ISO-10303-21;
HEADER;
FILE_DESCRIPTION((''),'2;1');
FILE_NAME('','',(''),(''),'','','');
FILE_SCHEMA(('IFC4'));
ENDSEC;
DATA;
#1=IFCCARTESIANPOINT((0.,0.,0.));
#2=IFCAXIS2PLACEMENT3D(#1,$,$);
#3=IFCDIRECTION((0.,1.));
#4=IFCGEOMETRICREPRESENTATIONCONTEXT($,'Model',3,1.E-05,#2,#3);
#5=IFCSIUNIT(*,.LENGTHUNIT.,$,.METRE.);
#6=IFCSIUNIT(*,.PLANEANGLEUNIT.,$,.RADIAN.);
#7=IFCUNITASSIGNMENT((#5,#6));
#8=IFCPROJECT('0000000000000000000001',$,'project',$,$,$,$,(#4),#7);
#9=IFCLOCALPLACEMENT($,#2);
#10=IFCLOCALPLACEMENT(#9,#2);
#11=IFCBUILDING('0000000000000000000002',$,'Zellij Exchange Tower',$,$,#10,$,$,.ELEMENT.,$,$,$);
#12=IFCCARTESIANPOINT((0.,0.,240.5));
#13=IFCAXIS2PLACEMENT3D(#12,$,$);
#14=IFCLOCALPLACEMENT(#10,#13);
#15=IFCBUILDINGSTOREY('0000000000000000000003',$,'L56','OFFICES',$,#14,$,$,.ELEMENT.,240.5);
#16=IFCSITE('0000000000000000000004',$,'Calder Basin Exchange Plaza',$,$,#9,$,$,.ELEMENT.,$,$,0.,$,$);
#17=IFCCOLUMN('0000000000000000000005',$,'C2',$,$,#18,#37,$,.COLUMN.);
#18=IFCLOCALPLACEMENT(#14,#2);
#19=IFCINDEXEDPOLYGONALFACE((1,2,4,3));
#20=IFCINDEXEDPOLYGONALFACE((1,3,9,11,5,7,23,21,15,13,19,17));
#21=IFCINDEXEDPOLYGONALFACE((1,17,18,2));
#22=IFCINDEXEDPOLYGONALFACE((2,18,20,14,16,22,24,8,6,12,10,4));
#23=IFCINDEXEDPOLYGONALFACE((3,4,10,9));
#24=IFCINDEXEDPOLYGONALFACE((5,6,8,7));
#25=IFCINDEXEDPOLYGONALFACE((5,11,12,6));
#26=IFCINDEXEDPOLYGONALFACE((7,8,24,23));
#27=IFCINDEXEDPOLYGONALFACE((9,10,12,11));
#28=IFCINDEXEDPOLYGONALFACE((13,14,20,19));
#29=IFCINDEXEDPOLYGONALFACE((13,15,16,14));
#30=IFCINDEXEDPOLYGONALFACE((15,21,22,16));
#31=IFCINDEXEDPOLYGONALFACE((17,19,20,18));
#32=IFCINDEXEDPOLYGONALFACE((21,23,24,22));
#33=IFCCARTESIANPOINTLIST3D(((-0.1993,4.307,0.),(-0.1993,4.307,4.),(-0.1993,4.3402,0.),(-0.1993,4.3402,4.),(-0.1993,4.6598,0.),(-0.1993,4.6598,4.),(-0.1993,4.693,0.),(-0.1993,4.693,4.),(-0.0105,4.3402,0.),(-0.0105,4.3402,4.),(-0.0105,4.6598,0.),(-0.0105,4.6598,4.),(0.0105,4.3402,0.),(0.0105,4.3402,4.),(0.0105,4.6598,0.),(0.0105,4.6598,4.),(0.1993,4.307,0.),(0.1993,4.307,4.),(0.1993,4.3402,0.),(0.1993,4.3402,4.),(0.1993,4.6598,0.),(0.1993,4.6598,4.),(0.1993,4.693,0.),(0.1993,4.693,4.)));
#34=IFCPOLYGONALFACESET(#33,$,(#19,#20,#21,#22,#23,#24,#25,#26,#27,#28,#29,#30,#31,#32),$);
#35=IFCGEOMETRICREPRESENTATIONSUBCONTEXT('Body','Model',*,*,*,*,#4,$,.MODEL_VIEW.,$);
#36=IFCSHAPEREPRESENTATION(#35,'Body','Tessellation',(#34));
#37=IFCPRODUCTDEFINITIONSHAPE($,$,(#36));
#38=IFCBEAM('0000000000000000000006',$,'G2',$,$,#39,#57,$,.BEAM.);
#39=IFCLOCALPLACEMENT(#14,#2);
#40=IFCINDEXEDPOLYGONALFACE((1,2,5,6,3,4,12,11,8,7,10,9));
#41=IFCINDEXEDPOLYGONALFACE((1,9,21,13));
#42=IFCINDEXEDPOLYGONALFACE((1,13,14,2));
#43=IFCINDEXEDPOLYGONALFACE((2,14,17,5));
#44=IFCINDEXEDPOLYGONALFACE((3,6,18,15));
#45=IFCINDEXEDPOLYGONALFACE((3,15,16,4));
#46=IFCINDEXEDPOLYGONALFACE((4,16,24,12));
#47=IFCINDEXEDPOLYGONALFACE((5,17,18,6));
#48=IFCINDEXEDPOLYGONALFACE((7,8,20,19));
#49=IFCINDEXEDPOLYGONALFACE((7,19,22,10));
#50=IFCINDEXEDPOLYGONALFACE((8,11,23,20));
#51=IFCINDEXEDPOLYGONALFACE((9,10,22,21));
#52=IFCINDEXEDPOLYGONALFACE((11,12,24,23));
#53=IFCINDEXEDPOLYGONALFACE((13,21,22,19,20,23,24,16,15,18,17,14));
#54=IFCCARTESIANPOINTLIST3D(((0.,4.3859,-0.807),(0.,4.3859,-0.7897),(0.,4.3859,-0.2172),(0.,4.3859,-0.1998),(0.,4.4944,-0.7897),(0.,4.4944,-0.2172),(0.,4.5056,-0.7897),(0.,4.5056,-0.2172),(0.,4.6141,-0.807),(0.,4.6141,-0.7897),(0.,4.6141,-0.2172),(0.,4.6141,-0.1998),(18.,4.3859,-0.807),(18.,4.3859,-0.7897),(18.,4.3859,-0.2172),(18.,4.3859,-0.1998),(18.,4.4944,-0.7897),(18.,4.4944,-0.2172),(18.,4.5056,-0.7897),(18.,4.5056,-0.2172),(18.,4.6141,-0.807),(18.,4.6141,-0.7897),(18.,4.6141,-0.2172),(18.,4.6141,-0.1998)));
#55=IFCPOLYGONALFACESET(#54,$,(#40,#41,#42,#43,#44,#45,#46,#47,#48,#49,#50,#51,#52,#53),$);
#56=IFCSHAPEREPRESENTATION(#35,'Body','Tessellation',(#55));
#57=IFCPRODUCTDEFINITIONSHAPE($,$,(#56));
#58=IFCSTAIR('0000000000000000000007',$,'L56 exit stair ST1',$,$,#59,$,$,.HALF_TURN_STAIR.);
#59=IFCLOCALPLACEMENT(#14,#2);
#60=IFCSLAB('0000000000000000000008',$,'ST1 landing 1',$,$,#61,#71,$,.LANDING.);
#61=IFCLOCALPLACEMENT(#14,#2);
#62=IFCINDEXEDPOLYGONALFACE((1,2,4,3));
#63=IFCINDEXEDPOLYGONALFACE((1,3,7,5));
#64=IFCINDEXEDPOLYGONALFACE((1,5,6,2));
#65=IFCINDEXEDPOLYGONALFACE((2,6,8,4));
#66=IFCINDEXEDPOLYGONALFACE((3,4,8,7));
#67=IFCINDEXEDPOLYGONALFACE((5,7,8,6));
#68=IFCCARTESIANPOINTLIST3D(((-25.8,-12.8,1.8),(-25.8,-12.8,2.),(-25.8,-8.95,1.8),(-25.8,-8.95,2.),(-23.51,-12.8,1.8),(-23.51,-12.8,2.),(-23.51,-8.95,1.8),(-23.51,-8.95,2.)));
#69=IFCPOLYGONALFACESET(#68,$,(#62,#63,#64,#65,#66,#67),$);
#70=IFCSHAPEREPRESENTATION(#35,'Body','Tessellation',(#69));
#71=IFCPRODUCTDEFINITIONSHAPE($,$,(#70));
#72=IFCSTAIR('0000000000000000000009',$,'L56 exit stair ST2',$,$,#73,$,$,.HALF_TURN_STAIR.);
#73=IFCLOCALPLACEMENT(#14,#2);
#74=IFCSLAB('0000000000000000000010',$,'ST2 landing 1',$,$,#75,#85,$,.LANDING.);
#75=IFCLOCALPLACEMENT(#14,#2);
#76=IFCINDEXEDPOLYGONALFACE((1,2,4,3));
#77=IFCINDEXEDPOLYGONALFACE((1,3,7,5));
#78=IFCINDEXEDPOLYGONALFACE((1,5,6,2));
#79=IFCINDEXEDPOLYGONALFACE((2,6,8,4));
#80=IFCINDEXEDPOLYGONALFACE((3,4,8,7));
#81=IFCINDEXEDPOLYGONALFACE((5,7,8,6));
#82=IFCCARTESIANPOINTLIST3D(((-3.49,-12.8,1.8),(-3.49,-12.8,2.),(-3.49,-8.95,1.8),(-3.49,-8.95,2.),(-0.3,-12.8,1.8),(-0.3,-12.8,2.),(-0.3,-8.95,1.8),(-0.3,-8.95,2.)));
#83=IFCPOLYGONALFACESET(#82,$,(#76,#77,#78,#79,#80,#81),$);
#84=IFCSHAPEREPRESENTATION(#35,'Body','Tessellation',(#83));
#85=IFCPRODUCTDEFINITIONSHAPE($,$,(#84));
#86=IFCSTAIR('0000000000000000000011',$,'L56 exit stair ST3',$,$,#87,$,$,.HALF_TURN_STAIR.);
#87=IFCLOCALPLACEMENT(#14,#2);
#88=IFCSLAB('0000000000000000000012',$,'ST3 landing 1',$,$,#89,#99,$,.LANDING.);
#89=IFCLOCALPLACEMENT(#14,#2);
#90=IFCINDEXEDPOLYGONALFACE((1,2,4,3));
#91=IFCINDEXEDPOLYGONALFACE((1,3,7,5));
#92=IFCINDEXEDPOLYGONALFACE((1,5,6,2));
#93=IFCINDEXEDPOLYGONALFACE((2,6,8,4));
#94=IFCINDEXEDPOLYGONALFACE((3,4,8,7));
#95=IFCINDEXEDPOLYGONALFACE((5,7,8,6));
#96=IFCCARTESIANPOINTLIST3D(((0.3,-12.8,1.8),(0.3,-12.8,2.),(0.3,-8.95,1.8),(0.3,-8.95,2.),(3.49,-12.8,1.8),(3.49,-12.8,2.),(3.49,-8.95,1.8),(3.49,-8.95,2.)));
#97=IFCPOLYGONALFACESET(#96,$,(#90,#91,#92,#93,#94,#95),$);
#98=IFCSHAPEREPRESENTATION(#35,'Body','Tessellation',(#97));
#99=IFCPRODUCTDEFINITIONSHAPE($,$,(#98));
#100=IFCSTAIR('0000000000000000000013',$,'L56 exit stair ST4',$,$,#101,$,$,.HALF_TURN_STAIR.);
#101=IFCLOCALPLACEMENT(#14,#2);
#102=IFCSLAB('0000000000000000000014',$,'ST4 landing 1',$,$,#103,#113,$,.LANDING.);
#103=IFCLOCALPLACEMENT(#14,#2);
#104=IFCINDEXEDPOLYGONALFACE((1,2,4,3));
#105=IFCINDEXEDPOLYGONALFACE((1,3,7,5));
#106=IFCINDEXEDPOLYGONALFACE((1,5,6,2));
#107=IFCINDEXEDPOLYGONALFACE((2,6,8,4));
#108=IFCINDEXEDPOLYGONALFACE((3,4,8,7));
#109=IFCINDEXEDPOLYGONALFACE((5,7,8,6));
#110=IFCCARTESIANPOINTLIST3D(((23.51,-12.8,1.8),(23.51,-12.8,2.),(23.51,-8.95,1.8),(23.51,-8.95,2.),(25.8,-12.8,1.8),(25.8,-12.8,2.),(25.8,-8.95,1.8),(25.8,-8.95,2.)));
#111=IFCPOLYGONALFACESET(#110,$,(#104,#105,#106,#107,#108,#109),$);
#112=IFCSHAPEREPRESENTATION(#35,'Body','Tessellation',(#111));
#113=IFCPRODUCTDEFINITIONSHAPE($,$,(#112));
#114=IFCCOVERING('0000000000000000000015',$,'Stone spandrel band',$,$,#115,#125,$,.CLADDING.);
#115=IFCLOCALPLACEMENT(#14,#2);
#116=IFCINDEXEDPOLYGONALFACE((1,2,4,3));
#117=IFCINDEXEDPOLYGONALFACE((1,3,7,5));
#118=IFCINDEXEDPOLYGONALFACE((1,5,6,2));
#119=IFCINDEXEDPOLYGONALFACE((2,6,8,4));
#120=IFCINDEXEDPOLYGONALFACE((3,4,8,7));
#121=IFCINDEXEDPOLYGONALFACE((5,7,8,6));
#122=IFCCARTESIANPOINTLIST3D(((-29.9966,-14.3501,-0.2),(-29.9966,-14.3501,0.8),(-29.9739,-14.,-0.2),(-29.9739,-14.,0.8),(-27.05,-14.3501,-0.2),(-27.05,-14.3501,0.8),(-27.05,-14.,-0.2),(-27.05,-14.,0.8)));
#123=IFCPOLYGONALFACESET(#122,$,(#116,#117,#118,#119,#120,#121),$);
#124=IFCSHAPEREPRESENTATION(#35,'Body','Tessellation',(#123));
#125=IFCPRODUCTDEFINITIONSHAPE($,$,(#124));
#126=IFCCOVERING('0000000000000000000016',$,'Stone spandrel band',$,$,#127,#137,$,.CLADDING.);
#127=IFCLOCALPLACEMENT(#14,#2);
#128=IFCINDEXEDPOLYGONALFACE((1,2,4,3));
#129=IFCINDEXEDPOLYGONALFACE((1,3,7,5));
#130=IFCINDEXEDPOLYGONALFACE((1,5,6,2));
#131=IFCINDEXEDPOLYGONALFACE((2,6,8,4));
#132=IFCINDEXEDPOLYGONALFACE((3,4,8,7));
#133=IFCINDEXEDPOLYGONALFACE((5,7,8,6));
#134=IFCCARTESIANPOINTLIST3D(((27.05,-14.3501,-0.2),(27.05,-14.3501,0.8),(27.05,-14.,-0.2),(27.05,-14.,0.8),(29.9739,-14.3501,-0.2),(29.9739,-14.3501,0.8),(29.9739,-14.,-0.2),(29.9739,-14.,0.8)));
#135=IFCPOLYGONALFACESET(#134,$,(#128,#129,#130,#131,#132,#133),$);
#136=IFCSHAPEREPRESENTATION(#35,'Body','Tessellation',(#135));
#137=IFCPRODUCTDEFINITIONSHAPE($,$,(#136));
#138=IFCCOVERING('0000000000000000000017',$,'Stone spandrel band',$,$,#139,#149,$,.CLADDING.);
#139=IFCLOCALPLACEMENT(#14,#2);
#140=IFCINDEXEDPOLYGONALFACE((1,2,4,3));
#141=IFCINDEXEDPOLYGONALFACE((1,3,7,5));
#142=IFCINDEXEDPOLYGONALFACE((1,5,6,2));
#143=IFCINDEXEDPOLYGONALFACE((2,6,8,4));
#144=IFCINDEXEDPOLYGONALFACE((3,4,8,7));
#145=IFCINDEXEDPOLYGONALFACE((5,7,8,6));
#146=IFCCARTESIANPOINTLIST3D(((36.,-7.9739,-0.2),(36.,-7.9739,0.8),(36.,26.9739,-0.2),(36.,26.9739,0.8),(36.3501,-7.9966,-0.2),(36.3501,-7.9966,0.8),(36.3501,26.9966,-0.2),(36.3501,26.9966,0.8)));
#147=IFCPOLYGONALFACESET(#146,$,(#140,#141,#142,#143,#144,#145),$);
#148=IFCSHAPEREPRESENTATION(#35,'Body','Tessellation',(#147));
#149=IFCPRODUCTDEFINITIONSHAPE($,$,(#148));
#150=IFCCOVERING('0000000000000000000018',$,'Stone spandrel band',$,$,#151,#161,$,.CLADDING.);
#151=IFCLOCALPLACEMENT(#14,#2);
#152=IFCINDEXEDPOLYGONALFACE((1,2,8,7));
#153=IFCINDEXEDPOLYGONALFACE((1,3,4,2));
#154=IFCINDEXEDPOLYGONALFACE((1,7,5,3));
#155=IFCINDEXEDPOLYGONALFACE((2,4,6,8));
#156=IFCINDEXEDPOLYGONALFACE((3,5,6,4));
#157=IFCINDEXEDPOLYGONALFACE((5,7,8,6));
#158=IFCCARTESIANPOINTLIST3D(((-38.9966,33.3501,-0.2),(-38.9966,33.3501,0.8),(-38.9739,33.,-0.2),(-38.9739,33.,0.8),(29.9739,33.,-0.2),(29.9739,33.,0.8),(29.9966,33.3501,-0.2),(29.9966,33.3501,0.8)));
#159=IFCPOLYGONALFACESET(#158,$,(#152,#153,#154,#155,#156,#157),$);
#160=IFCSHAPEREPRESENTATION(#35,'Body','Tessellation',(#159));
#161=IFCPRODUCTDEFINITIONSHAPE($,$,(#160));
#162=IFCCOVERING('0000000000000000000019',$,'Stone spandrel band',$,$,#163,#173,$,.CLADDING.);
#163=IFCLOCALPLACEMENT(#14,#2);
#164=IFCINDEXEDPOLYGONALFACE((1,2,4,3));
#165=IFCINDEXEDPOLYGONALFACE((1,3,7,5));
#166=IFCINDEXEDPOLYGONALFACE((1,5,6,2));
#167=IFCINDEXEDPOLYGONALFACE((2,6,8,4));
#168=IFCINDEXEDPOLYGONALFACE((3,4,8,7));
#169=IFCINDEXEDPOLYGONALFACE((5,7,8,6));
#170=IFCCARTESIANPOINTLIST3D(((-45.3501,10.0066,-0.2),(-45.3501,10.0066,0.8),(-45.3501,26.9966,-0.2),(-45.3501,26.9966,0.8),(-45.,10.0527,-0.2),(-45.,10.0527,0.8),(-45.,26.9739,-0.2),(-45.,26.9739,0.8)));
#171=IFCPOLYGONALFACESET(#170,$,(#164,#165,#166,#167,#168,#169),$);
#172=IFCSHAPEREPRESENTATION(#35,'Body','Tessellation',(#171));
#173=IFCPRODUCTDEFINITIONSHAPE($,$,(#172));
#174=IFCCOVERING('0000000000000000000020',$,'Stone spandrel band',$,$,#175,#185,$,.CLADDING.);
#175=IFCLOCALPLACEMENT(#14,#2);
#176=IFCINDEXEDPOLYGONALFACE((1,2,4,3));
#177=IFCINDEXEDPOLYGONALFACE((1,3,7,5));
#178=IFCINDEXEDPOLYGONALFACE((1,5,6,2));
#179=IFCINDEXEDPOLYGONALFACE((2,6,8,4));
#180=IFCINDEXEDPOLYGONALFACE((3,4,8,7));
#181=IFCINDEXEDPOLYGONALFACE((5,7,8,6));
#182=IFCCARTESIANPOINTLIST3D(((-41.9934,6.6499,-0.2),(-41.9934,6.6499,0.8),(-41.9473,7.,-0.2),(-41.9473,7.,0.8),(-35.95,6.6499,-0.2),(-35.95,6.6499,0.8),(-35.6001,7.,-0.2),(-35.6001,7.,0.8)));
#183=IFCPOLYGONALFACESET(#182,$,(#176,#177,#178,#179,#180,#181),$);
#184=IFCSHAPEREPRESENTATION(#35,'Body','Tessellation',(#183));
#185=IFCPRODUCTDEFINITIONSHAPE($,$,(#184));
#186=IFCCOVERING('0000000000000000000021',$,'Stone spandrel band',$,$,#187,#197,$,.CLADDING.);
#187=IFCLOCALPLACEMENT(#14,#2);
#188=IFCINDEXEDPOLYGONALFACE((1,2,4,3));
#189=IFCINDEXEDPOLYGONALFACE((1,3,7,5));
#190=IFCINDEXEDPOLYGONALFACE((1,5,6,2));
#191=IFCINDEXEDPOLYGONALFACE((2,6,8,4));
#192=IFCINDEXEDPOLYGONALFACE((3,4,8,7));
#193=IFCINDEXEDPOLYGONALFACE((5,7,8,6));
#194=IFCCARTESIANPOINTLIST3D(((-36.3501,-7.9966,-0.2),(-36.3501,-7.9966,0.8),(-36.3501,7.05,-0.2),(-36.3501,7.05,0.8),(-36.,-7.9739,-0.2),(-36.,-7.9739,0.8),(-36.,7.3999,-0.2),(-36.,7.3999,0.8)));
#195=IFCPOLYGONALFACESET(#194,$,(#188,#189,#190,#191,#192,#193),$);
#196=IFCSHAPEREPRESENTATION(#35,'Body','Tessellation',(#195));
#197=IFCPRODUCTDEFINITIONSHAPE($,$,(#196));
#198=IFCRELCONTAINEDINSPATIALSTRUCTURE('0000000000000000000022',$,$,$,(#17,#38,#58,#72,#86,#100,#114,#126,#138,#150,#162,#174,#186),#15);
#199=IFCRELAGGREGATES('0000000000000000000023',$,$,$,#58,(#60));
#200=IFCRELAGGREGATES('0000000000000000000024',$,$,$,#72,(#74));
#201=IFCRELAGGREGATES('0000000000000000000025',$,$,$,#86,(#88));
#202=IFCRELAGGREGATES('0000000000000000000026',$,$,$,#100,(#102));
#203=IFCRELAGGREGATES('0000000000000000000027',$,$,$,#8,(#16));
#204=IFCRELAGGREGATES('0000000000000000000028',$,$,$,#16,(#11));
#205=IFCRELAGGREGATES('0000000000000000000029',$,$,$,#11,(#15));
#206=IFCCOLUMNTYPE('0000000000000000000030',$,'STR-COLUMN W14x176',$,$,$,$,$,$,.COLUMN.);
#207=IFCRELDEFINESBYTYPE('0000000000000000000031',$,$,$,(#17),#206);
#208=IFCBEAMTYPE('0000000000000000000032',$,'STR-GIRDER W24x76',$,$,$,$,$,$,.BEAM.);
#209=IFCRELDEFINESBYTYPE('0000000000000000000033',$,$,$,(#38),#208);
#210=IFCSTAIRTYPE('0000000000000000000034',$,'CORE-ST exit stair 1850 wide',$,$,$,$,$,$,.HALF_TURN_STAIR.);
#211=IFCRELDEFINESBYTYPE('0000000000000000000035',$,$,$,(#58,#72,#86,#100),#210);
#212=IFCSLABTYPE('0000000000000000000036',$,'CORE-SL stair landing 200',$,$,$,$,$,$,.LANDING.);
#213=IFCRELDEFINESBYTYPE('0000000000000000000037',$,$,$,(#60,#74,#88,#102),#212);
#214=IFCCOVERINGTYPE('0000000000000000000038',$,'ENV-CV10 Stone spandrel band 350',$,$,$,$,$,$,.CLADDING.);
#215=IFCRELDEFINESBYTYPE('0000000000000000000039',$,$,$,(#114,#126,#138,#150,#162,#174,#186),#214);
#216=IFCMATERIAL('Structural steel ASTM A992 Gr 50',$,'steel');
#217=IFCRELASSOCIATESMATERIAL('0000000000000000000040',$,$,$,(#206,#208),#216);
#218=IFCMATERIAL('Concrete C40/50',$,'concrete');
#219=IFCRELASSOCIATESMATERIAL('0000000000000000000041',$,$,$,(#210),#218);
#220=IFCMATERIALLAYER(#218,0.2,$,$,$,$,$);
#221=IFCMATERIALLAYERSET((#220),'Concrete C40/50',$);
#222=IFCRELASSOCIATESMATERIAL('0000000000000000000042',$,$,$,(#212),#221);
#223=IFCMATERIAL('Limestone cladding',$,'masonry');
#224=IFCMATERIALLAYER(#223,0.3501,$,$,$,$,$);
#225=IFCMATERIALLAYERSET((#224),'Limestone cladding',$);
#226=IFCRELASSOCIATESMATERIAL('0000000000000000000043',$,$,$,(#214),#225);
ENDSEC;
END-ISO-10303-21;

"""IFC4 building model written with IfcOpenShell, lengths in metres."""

from ifc_helpers import new_model, si_unit, direction, frame, origin, origin_2d, place, context, subcontext, project, spatial, polyline, i_section, outline, extrude, material, layer, layer_set, material_profile, profile_set, type_object, element, aggregate, save


model = new_model("IFC4")

# Units and contexts
model_context = context("Model", 3, precision=1e-05, world=origin(), true_north=direction((0.0, 1.0)))
body_context = subcontext(model_context, "Body", "Model", "MODEL_VIEW")
ifc_project = project(units=[si_unit("LENGTHUNIT", "METRE"), si_unit("PLANEANGLEUNIT", "RADIAN")], contexts=[model_context])

# Site, building, storey
site_placement = place(None, origin())
site = spatial("IfcSite", under=ifc_project, at=site_placement, Name="Calder Basin Exchange Plaza", CompositionType="ELEMENT", RefElevation=0.0)
building_placement = place(site_placement, origin())
building = spatial("IfcBuilding", under=site, at=building_placement, Name="Zellij Exchange Tower", CompositionType="ELEMENT")
storey_placement = place(building_placement, frame((0.0, 0.0, 240.5)))
storey = spatial("IfcBuildingStorey", under=building, at=storey_placement, Name="L56", Description="OFFICES", CompositionType="ELEMENT", Elevation=240.5)

# Column
ifc_material_1 = material(Name="Structural steel ASTM A992 Gr 50", Category="steel")
ifc_material_profile_1 = material_profile(ifc_material_1, i_section(OverallWidth=0.3987, OverallDepth=0.386, WebThickness=0.021, FlangeThickness=0.0332, at=origin_2d()), Name="W14x176")
ifc_profile_set_1 = profile_set([ifc_material_profile_1], Name="Structural steel ASTM A992 Gr 50")
column_type = type_object("IfcColumnType", Name="STR-COLUMN W14x176", PredefinedType="COLUMN", material=ifc_profile_set_1)
column_placement = place(storey_placement, frame((0.0, 4.5, 0.0), z_axis=(0.0, 0.0, 1.0), x_axis=(1.0, 0.0, 0.0)))
element("IfcColumn", 1, at=column_placement, inside=storey, type_object=column_type, Name="C2", PredefinedType="COLUMN", context=body_context, shape_type="SweptSolid", body=[
    extrude(i_section(OverallWidth=0.3987, OverallDepth=0.386, WebThickness=0.021, FlangeThickness=0.0332, at=origin_2d()), origin(), (0.0, 0.0, 1.0), 4.0),
])

# Beam
ifc_material_profile_2 = material_profile(ifc_material_1, i_section(OverallWidth=0.2283, OverallDepth=0.6072, WebThickness=0.0112, FlangeThickness=0.0173, at=origin_2d()), Name="W24x76")
ifc_profile_set_2 = profile_set([ifc_material_profile_2], Name="Structural steel ASTM A992 Gr 50")
beam_type = type_object("IfcBeamType", Name="STR-GIRDER W24x76", PredefinedType="BEAM", material=ifc_profile_set_2)
beam_placement = place(storey_placement, frame((0.0, 4.5, -0.5034), z_axis=(1.0, 0.0, 0.0), x_axis=(0.0, 1.0, 0.0)))
element("IfcBeam", 2, at=beam_placement, inside=storey, type_object=beam_type, Name="G2", PredefinedType="BEAM", context=body_context, shape_type="SweptSolid", body=[
    extrude(i_section(OverallWidth=0.2283, OverallDepth=0.6072, WebThickness=0.0112, FlangeThickness=0.0173, at=origin_2d()), origin(), (0.0, 0.0, 1.0), 18.0),
])

# Stairs, slabs
ifc_material_2 = material(Name="Concrete C40/50", Category="concrete")
stair_type = type_object("IfcStairType", Name="CORE-ST exit stair 1850 wide", PredefinedType="HALF_TURN_STAIR", material=ifc_material_2)
stair_1_placement = place(storey_placement, origin())
stair_1 = element("IfcStair", 3, at=stair_1_placement, inside=storey, type_object=stair_type, Name="L56 exit stair ST1", PredefinedType="HALF_TURN_STAIR")
ifc_layer_1 = layer(ifc_material_2, 0.2)
ifc_layer_set_1 = layer_set([ifc_layer_1], Name="Concrete C40/50")
slab_type = type_object("IfcSlabType", Name="CORE-SL stair landing 200", PredefinedType="LANDING", material=ifc_layer_set_1)
slab_1_placement = place(storey_placement, frame((0.0, 0.0, 1.8)))
slab_1 = element("IfcSlab", 4, at=slab_1_placement, type_object=slab_type, Name="ST1 landing 1", PredefinedType="LANDING", context=body_context, shape_type="SweptSolid", body=[
    extrude(outline(polyline([(-23.51, -8.95), (-25.8, -8.95), (-25.8, -12.8), (-23.51, -12.8), (-23.51, -8.95)])), origin(), (0.0, 0.0, 1.0), 0.2),
])
aggregate(stair_1, [slab_1])
stair_2_placement = place(storey_placement, origin())
stair_2 = element("IfcStair", 5, at=stair_2_placement, inside=storey, type_object=stair_type, Name="L56 exit stair ST2", PredefinedType="HALF_TURN_STAIR")
slab_2_placement = place(storey_placement, frame((0.0, 0.0, 1.8)))
slab_2 = element("IfcSlab", 6, at=slab_2_placement, type_object=slab_type, Name="ST2 landing 1", PredefinedType="LANDING", context=body_context, shape_type="SweptSolid", body=[
    extrude(outline(polyline([(-3.49, -12.8), (-0.3, -12.8), (-0.3, -8.95), (-3.49, -8.95), (-3.49, -12.8)])), origin(), (0.0, 0.0, 1.0), 0.2),
])
aggregate(stair_2, [slab_2])
stair_3_placement = place(storey_placement, origin())
stair_3 = element("IfcStair", 7, at=stair_3_placement, inside=storey, type_object=stair_type, Name="L56 exit stair ST3", PredefinedType="HALF_TURN_STAIR")
slab_3_placement = place(storey_placement, frame((0.0, 0.0, 1.8)))
slab_3 = element("IfcSlab", 8, at=slab_3_placement, type_object=slab_type, Name="ST3 landing 1", PredefinedType="LANDING", context=body_context, shape_type="SweptSolid", body=[
    extrude(outline(polyline([(3.49, -8.95), (0.3, -8.95), (0.3, -12.8), (3.49, -12.8), (3.49, -8.95)])), origin(), (0.0, 0.0, 1.0), 0.2),
])
aggregate(stair_3, [slab_3])
stair_4_placement = place(storey_placement, origin())
stair_4 = element("IfcStair", 9, at=stair_4_placement, inside=storey, type_object=stair_type, Name="L56 exit stair ST4", PredefinedType="HALF_TURN_STAIR")
slab_4_placement = place(storey_placement, frame((0.0, 0.0, 1.8)))
slab_4 = element("IfcSlab", 10, at=slab_4_placement, type_object=slab_type, Name="ST4 landing 1", PredefinedType="LANDING", context=body_context, shape_type="SweptSolid", body=[
    extrude(outline(polyline([(23.51, -12.8), (25.8, -12.8), (25.8, -8.95), (23.51, -8.95), (23.51, -12.8)])), origin(), (0.0, 0.0, 1.0), 0.2),
])
aggregate(stair_4, [slab_4])

# Coverings
ifc_material_3 = material(Name="Limestone cladding", Category="masonry")
ifc_layer_2 = layer(ifc_material_3, 0.3501)
ifc_layer_set_2 = layer_set([ifc_layer_2], Name="Limestone cladding")
covering_type_1 = type_object("IfcCoveringType", Name="ENV-CV10 Stone spandrel band 350", PredefinedType="CLADDING", material=ifc_layer_set_2)
covering_1_placement = place(storey_placement, frame((0.0, 0.0, -0.2)))
element("IfcCovering", 11, at=covering_1_placement, inside=storey, type_object=covering_type_1, Name="Stone spandrel band", PredefinedType="CLADDING", context=body_context, shape_type="SweptSolid", body=[
    extrude(outline(polyline([(-29.9739, -14.0), (-27.05, -14.0), (-27.05, -14.3501), (-29.9966, -14.3501), (-29.9739, -14.0)])), origin(), (0.0, 0.0, 1.0), 1.0),
])
covering_2_placement = place(storey_placement, frame((0.0, 0.0, -0.2)))
element("IfcCovering", 12, at=covering_2_placement, inside=storey, type_object=covering_type_1, Name="Stone spandrel band", PredefinedType="CLADDING", context=body_context, shape_type="SweptSolid", body=[
    extrude(outline(polyline([(27.05, -14.0), (29.9739, -14.0), (29.9739, -14.3501), (27.05, -14.3501), (27.05, -14.0)])), origin(), (0.0, 0.0, 1.0), 1.0),
])
covering_3_placement = place(storey_placement, frame((0.0, 0.0, -0.2)))
element("IfcCovering", 13, at=covering_3_placement, inside=storey, type_object=covering_type_1, Name="Stone spandrel band", PredefinedType="CLADDING", context=body_context, shape_type="SweptSolid", body=[
    extrude(outline(polyline([(36.0, -7.9739), (36.0, 26.9739), (36.3501, 26.9966), (36.3501, -7.9966), (36.0, -7.9739)])), origin(), (0.0, 0.0, 1.0), 1.0),
])
covering_4_placement = place(storey_placement, frame((0.0, 0.0, -0.2)))
element("IfcCovering", 14, at=covering_4_placement, inside=storey, type_object=covering_type_1, Name="Stone spandrel band", PredefinedType="CLADDING", context=body_context, shape_type="SweptSolid", body=[
    extrude(outline(polyline([(29.9739, 33.0), (-38.9739, 33.0), (-38.9966, 33.3501), (29.9966, 33.3501), (29.9739, 33.0)])), origin(), (0.0, 0.0, 1.0), 1.0),
])
covering_5_placement = place(storey_placement, frame((0.0, 0.0, -0.2)))
element("IfcCovering", 15, at=covering_5_placement, inside=storey, type_object=covering_type_1, Name="Stone spandrel band", PredefinedType="CLADDING", context=body_context, shape_type="SweptSolid", body=[
    extrude(outline(polyline([(-45.0, 26.9739), (-45.0, 10.0527), (-45.3501, 10.0066), (-45.3501, 26.9966), (-45.0, 26.9739)])), origin(), (0.0, 0.0, 1.0), 1.0),
])
covering_6_placement = place(storey_placement, frame((0.0, 0.0, -0.2)))
element("IfcCovering", 16, at=covering_6_placement, inside=storey, type_object=covering_type_1, Name="Stone spandrel band", PredefinedType="CLADDING", context=body_context, shape_type="SweptSolid", body=[
    extrude(outline(polyline([(-41.9473, 7.0), (-35.6001, 7.0), (-35.95, 6.6499), (-41.9934, 6.6499), (-41.9473, 7.0)])), origin(), (0.0, 0.0, 1.0), 1.0),
])
covering_7_placement = place(storey_placement, frame((0.0, 0.0, -0.2)))
element("IfcCovering", 17, at=covering_7_placement, inside=storey, type_object=covering_type_1, Name="Stone spandrel band", PredefinedType="CLADDING", context=body_context, shape_type="SweptSolid", body=[
    extrude(outline(polyline([(-36.0, 7.3999), (-36.0, -7.9739), (-36.3501, -7.9966), (-36.3501, 7.05), (-36.0, 7.3999)])), origin(), (0.0, 0.0, 1.0), 1.0),
])

save(model, "model.ifc")
